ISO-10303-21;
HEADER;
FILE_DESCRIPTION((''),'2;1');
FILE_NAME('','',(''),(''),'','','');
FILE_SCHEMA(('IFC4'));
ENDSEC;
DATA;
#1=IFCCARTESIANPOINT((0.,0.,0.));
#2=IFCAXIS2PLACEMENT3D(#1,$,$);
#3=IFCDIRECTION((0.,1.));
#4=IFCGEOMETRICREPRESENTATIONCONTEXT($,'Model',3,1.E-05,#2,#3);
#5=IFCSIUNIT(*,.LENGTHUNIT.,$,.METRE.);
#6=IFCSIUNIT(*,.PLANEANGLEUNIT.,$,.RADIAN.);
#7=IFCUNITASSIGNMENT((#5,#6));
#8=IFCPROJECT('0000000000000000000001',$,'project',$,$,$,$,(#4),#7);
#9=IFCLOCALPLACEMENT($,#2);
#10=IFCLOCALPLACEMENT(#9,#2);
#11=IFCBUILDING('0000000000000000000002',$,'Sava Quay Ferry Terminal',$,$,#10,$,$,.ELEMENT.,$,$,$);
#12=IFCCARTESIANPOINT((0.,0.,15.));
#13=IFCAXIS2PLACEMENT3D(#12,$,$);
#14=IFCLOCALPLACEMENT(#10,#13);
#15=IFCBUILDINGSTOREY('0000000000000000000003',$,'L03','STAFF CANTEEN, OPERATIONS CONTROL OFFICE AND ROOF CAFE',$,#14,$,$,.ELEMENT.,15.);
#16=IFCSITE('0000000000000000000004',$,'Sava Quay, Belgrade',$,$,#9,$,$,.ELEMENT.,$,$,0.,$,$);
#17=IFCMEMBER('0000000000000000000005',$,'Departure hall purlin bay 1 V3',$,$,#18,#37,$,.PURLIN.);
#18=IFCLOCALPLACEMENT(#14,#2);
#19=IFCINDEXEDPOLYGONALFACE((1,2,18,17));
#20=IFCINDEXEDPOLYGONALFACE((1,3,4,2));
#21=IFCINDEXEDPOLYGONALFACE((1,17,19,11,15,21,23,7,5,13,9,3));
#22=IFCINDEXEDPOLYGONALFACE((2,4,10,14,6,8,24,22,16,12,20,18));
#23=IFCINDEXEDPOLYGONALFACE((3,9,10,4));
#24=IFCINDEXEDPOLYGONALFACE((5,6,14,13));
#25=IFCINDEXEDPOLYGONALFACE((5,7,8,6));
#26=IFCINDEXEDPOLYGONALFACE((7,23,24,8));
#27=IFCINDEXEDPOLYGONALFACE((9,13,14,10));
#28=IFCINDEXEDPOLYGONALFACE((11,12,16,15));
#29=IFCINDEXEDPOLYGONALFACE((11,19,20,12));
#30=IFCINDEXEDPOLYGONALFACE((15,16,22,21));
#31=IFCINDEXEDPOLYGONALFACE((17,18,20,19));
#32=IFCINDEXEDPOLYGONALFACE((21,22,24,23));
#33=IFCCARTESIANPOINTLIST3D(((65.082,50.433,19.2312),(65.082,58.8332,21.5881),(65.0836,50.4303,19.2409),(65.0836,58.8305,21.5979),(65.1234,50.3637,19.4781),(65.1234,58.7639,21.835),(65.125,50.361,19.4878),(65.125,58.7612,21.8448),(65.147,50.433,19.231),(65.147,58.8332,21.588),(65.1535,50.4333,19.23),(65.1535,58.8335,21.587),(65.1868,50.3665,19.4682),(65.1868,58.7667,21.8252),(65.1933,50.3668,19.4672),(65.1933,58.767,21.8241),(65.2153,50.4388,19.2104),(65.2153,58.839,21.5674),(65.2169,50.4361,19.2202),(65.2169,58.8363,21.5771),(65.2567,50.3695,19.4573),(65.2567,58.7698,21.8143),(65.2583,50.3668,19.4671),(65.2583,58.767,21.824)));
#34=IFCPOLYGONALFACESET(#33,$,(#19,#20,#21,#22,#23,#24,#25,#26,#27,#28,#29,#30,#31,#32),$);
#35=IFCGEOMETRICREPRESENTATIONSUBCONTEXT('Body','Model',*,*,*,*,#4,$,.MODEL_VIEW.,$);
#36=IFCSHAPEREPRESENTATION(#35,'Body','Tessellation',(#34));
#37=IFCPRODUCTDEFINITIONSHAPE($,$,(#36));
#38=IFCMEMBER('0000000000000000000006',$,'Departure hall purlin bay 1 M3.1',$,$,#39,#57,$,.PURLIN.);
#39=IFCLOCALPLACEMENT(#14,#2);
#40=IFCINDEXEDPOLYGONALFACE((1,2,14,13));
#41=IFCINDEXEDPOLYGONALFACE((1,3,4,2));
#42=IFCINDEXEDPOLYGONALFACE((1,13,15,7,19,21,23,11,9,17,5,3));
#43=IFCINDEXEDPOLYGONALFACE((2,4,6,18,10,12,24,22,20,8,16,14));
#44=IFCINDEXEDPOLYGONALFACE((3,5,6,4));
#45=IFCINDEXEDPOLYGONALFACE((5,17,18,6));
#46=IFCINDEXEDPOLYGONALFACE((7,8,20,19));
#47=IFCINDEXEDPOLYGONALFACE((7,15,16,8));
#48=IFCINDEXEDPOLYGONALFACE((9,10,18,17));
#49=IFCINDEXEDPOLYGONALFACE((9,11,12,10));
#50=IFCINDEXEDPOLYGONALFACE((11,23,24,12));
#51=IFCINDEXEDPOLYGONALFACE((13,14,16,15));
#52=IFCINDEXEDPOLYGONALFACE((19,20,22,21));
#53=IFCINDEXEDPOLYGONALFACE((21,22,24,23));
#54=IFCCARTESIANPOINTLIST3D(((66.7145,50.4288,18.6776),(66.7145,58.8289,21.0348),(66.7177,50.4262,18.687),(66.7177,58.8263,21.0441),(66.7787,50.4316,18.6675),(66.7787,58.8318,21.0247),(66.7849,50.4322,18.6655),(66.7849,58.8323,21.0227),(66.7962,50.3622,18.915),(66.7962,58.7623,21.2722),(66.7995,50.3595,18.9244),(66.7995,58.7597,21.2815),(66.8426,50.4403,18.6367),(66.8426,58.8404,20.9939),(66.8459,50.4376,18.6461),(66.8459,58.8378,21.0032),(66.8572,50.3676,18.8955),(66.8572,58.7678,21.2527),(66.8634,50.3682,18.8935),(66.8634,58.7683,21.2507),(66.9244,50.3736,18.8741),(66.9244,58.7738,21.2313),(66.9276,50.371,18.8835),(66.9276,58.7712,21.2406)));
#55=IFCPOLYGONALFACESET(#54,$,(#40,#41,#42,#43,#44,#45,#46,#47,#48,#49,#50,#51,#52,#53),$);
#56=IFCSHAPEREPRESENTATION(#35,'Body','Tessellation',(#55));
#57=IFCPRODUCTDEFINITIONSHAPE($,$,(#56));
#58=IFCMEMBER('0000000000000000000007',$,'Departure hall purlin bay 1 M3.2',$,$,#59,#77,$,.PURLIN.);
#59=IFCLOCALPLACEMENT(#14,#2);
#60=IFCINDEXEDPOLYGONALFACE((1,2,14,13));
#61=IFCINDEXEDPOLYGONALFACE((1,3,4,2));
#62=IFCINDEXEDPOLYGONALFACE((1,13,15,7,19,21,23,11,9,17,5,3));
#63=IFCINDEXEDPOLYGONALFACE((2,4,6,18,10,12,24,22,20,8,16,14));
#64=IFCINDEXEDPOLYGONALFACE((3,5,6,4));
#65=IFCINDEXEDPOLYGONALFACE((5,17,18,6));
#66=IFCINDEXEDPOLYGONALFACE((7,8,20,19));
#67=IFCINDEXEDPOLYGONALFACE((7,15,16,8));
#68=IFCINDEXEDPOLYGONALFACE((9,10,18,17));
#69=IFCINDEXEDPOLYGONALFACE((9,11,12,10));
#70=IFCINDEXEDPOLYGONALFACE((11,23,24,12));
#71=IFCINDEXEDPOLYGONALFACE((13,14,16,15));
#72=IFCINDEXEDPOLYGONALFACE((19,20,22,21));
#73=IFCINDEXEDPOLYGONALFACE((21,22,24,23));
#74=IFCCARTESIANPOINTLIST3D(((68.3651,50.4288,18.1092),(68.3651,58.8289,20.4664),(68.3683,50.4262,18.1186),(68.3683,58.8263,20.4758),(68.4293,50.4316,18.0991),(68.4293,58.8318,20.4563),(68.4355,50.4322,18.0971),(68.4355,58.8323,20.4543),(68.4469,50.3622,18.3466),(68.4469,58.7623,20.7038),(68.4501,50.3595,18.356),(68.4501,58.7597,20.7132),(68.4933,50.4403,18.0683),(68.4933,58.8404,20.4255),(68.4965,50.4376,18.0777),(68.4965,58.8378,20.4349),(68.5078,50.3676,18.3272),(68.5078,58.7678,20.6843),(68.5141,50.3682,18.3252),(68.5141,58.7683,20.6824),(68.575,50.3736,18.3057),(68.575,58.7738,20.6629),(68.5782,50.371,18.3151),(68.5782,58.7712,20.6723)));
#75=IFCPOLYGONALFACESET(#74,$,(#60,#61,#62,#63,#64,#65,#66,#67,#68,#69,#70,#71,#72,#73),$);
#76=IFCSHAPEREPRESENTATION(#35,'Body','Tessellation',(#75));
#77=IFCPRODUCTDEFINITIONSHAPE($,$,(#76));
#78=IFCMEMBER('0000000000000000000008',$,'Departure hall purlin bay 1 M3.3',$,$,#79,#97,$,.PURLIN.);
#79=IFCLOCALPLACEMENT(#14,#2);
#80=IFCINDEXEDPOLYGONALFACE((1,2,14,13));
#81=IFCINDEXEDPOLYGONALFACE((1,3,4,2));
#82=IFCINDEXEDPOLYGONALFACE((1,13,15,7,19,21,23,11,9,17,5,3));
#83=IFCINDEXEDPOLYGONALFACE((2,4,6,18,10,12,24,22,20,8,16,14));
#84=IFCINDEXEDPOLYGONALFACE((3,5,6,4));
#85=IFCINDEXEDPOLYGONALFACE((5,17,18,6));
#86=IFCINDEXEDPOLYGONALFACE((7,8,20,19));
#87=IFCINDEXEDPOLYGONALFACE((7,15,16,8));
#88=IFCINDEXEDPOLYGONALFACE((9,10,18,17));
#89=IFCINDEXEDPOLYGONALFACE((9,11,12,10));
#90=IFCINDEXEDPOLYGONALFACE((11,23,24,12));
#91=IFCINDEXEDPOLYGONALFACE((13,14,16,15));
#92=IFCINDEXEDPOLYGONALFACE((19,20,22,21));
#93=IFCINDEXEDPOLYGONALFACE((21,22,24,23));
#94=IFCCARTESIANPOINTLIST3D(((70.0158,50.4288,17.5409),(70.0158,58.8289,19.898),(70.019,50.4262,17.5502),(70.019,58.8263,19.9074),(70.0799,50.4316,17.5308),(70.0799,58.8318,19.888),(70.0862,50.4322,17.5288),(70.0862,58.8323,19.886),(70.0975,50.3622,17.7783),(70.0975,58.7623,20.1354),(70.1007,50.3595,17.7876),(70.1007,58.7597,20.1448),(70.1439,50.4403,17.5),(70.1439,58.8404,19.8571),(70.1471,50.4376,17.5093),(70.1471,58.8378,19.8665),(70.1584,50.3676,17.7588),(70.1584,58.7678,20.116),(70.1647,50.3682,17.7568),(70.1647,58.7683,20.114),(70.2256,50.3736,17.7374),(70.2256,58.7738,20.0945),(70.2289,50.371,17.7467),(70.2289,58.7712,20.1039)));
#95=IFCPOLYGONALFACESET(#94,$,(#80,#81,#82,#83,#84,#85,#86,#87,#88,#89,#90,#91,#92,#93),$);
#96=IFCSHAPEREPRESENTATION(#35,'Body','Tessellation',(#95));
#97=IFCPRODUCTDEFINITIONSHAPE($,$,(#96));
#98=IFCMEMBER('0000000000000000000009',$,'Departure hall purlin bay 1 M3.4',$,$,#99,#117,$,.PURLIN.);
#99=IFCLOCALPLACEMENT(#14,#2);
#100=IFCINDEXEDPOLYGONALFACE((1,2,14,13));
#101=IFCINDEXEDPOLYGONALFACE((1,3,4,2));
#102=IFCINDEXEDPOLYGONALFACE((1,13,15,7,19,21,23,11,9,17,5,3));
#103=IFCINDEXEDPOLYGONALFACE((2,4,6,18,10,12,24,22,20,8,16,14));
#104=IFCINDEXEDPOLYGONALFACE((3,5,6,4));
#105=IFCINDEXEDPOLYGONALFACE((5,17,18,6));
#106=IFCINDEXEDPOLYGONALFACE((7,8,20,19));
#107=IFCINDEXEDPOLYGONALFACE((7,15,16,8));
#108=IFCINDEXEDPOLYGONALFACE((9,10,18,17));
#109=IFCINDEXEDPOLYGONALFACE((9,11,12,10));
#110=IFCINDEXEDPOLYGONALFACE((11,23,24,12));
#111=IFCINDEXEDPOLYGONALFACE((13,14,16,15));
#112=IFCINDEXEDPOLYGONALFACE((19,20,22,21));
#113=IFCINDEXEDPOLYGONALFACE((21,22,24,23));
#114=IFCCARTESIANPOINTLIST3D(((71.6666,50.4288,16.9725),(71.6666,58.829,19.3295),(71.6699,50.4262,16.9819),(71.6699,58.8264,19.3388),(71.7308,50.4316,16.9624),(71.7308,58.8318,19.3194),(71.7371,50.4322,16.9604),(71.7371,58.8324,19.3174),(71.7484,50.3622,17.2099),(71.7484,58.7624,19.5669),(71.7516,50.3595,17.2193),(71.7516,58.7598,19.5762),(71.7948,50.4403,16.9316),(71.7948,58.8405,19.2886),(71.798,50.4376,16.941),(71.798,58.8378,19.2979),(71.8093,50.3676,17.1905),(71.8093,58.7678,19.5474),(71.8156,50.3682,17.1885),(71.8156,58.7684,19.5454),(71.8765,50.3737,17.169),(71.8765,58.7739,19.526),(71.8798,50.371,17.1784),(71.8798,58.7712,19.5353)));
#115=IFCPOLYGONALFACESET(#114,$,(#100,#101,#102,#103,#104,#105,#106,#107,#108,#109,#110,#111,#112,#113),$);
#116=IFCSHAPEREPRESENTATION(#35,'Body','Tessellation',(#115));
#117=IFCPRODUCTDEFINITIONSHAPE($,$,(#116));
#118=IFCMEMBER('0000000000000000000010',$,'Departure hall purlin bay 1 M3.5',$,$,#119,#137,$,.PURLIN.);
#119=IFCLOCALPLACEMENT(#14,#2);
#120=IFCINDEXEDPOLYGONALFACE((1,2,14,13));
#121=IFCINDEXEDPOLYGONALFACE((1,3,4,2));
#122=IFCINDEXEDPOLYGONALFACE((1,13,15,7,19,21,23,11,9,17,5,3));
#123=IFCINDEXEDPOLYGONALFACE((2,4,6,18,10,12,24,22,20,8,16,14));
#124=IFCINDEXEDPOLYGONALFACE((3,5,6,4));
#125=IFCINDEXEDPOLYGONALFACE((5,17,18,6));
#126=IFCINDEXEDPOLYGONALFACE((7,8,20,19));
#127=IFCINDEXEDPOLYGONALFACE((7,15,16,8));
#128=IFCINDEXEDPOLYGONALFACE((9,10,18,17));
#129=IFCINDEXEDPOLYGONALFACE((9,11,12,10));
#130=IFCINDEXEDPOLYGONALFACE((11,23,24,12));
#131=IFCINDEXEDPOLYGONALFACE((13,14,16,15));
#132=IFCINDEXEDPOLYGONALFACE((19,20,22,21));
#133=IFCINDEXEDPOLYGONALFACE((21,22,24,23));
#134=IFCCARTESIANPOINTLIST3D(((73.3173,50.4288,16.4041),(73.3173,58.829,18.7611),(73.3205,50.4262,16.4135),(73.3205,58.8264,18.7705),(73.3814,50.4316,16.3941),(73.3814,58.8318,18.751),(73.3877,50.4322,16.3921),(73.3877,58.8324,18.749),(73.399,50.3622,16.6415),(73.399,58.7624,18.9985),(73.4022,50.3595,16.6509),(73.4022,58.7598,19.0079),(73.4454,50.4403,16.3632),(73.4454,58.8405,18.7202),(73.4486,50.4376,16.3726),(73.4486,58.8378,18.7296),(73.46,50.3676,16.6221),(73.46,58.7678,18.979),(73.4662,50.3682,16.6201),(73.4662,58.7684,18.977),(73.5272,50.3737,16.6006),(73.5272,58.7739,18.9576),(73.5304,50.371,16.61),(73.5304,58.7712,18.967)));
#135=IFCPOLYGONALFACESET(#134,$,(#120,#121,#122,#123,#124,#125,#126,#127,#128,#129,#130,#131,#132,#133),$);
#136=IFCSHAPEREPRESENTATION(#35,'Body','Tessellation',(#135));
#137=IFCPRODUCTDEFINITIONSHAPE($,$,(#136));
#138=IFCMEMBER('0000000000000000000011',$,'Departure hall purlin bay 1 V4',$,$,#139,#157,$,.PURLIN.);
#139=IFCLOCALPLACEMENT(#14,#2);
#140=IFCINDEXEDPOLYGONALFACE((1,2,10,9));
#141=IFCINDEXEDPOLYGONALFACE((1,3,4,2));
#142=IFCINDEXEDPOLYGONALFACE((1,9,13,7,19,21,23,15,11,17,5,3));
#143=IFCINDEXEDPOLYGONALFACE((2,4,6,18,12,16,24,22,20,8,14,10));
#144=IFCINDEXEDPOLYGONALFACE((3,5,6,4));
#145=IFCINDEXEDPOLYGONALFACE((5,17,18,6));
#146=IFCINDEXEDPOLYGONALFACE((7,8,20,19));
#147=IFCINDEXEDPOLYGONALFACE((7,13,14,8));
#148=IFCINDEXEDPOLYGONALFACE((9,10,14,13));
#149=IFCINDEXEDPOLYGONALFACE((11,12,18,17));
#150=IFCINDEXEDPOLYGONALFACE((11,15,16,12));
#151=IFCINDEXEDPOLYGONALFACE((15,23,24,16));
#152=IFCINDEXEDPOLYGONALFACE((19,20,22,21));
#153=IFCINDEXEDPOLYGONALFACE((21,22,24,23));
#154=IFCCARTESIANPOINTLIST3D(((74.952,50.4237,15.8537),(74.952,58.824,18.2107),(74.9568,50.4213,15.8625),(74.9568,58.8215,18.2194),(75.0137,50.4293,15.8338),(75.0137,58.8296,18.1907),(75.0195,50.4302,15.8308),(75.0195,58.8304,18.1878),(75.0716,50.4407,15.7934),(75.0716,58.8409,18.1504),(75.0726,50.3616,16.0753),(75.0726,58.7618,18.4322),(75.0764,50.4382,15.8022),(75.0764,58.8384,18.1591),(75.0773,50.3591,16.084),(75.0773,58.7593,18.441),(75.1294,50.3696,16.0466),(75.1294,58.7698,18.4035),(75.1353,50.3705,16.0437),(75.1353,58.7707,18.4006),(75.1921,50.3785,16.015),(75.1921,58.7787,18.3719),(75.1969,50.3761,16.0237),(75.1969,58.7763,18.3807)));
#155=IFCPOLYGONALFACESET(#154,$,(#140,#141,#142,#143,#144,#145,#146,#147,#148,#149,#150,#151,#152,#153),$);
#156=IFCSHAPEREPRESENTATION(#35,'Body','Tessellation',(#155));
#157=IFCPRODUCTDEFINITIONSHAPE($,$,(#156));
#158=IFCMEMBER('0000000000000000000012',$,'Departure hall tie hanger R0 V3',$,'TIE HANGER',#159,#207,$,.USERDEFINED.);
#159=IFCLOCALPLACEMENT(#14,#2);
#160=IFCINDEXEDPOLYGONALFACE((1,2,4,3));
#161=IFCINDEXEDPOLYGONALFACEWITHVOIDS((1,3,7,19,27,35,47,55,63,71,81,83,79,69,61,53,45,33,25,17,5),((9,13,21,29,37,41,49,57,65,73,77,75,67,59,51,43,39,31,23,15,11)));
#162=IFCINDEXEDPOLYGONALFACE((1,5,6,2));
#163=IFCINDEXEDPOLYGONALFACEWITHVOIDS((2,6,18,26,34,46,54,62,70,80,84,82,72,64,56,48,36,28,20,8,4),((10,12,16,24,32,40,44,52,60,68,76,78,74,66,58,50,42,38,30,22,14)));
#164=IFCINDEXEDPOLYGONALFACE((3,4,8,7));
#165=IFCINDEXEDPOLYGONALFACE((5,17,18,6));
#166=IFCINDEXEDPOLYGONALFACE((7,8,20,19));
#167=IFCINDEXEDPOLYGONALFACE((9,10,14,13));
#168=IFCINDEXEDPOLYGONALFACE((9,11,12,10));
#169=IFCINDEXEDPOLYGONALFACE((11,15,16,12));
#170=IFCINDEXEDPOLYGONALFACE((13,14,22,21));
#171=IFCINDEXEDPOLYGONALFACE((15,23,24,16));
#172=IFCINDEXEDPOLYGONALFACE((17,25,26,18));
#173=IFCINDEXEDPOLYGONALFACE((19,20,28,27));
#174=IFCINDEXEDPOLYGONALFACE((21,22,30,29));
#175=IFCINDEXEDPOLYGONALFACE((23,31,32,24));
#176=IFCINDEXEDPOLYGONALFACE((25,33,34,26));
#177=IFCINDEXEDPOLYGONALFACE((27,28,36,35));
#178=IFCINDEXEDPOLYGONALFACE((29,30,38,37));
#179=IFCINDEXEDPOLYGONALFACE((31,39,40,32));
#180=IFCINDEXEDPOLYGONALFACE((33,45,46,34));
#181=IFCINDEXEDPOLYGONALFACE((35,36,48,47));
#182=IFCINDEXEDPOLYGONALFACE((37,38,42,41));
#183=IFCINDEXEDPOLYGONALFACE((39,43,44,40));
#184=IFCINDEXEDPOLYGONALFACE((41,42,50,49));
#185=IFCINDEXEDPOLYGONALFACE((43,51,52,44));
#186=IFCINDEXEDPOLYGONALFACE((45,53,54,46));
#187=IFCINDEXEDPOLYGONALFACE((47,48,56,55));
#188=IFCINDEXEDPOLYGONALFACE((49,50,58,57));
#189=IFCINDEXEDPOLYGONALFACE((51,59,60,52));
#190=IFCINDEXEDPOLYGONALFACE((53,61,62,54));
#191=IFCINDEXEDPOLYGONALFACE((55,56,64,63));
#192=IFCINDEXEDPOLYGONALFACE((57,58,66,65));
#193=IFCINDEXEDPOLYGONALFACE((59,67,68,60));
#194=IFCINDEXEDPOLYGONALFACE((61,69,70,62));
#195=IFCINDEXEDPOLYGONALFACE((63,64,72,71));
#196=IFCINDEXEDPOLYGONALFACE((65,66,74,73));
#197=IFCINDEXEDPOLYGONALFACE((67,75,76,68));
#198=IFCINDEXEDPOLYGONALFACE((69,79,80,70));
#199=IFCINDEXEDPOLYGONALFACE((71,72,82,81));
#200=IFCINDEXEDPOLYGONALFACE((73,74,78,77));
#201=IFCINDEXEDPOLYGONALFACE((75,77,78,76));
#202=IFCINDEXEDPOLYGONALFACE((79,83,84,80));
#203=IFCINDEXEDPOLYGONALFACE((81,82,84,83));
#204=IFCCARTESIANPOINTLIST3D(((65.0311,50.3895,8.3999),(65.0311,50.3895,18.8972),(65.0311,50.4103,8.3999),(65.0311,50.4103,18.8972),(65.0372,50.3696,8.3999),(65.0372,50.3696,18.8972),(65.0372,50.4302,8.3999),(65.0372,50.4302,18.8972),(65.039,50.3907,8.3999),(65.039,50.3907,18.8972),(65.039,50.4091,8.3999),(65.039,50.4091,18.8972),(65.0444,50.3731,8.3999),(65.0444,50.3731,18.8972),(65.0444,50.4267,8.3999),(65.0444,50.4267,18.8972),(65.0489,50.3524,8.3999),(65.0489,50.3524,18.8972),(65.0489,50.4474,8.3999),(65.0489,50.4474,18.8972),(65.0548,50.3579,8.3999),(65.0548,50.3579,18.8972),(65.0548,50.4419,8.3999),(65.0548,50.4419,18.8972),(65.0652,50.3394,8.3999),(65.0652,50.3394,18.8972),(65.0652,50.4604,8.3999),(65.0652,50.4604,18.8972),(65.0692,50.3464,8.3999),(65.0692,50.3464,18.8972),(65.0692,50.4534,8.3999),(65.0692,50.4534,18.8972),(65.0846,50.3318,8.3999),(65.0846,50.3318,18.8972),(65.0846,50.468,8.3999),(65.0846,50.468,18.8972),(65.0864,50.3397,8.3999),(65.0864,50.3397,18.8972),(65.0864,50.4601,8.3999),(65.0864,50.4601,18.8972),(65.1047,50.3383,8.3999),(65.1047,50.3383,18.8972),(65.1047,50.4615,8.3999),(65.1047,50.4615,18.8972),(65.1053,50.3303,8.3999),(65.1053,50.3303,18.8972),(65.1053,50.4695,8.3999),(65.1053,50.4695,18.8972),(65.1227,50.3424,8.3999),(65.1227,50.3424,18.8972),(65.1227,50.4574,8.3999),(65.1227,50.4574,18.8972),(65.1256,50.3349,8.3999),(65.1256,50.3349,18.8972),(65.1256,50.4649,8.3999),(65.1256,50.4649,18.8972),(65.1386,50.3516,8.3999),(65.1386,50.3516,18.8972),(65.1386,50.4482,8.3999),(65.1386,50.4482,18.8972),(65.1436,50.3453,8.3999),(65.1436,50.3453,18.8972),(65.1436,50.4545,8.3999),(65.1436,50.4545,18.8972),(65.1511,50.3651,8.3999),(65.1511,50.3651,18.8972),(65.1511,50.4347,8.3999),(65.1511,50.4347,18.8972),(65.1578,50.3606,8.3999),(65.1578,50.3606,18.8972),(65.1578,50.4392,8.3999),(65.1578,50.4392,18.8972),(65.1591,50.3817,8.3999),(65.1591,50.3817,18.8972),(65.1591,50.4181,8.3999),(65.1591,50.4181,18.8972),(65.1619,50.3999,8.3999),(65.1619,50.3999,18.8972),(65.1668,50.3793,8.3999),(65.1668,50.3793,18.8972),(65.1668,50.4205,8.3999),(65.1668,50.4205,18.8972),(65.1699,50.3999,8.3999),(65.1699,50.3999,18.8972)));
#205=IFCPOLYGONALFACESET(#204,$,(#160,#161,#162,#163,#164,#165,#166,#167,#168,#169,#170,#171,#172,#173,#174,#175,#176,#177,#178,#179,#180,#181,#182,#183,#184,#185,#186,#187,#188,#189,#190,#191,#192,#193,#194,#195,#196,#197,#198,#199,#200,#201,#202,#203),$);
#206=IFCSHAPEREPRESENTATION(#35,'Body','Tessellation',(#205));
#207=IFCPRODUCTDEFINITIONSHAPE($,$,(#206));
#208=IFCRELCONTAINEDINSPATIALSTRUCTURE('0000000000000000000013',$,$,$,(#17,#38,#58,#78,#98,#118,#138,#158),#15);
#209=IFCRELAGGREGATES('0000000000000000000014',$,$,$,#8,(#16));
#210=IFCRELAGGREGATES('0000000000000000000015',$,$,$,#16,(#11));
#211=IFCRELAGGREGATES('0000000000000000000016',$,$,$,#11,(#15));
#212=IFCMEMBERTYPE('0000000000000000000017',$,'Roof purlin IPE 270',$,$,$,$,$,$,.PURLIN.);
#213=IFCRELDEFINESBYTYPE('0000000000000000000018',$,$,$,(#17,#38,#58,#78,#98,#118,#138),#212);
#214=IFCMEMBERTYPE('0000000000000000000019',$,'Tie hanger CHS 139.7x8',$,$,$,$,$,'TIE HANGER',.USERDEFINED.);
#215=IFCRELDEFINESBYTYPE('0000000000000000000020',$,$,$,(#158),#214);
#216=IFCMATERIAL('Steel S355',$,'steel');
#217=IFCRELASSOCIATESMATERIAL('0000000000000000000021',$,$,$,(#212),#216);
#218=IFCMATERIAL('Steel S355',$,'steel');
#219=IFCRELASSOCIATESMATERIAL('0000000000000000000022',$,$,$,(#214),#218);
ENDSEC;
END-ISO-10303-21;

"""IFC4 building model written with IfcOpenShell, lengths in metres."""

from ifc_helpers import new_model, si_unit, direction, frame, origin, origin_2d, place, context, subcontext, project, spatial, hollow_circle, i_section, extrude, material, material_profile, profile_set, type_object, element, save


model = new_model("IFC4")

# Units and contexts
model_context = context("Model", 3, precision=1e-05, world=origin(), true_north=direction((0.0, 1.0)))
body_context = subcontext(model_context, "Body", "Model", "MODEL_VIEW")
ifc_project = project(units=[si_unit("LENGTHUNIT", "METRE"), si_unit("PLANEANGLEUNIT", "RADIAN")], contexts=[model_context])

# Site, building, storey
site_placement = place(None, origin())
site = spatial("IfcSite", under=ifc_project, at=site_placement, Name="Sava Quay, Belgrade", CompositionType="ELEMENT", RefElevation=0.0)
building_placement = place(site_placement, origin())
building = spatial("IfcBuilding", under=site, at=building_placement, Name="Sava Quay Ferry Terminal", CompositionType="ELEMENT")
storey_placement = place(building_placement, frame((0.0, 0.0, 15.0)))
storey = spatial("IfcBuildingStorey", under=building, at=storey_placement, Name="L03", Description="STAFF CANTEEN, OPERATIONS CONTROL OFFICE AND ROOF CAFE", CompositionType="ELEMENT", Elevation=15.0)

# Members
ifc_material_1 = material(Name="Steel S355", Category="steel")
ifc_material_profile_1 = material_profile(ifc_material_1, i_section(OverallWidth=0.135, OverallDepth=0.27, WebThickness=0.0066, FlangeThickness=0.0103, at=origin_2d()), Name="IPE 270")
ifc_profile_set_1 = profile_set([ifc_material_profile_1], Name="Steel S355")
member_type_1 = type_object("IfcMemberType", Name="Roof purlin IPE 270", PredefinedType="PURLIN", material=ifc_profile_set_1)
for number, where, z_axis, x_axis, name in (
    (1, (65.1702, 50.3999, 19.3491), (0.0, 0.962818, 0.27015), (-0.987218, -0.043056, 0.153452), "Departure hall purlin bay 1 V3"),
    (2, (66.821, 50.3999, 18.7805), (0.0, 0.962811, 0.270176), (-0.949197, -0.085019, 0.302979), "Departure hall purlin bay 1 M3.1"),
    (3, (68.4717, 50.3999, 18.2122), (0.0, 0.962811, 0.270176), (-0.949197, -0.085019, 0.302979), "Departure hall purlin bay 1 M3.2"),
    (4, (70.1223, 50.3999, 17.6438), (0.0, 0.962811, 0.270176), (-0.949197, -0.085019, 0.302979), "Departure hall purlin bay 1 M3.3"),
    (5, (71.7732, 50.3999, 17.0754), (0.0, 0.962818, 0.27015), (-0.949197, -0.085011, 0.302981), "Departure hall purlin bay 1 M3.4"),
    (6, (73.4238, 50.3999, 16.5071), (0.0, 0.962818, 0.27015), (-0.949197, -0.085011, 0.302981), "Departure hall purlin bay 1 M3.5"),
    (7, (75.0745, 50.3999, 15.9387), (0.0, 0.962818, 0.27015), (-0.885826, -0.125354, 0.446764), "Departure hall purlin bay 1 V4"),
):
    element("IfcMember", number, at=place(storey_placement, frame(where, z_axis=z_axis, x_axis=x_axis)), inside=storey, type_object=member_type_1, Name=name, PredefinedType="PURLIN", context=body_context, shape_type="SweptSolid", body=[
        extrude(i_section(OverallWidth=0.135, OverallDepth=0.27, WebThickness=0.0066, FlangeThickness=0.0103, at=origin_2d()), origin(), (0.0, 0.0, 1.0), 8.7246),
    ])
ifc_material_2 = material(Name="Steel S355", Category="steel")
ifc_material_profile_2 = material_profile(ifc_material_2, hollow_circle(Radius=0.0698, WallThickness=0.0081, at=origin_2d()), Name="CHS 139.7 x 8.0")
ifc_profile_set_2 = profile_set([ifc_material_profile_2], Name="Steel S355")
member_type_2 = type_object("IfcMemberType", Name="Tie hanger CHS 139.7x8", ElementType="TIE HANGER", PredefinedType="USERDEFINED", material=ifc_profile_set_2)
member_1_placement = place(storey_placement, frame((65.1001, 50.3999, 8.3999), z_axis=(0.0, 0.0, 1.0), x_axis=(1.0, 0.0, 0.0)))
element("IfcMember", 8, at=member_1_placement, inside=storey, type_object=member_type_2, Name="Departure hall tie hanger R0 V3", ObjectType="TIE HANGER", PredefinedType="USERDEFINED", context=body_context, shape_type="SweptSolid", body=[
    extrude(hollow_circle(Radius=0.0698, WallThickness=0.0081, at=origin_2d()), origin(), (0.0, 0.0, 1.0), 10.4973),
])

save(model, "model.ifc")
